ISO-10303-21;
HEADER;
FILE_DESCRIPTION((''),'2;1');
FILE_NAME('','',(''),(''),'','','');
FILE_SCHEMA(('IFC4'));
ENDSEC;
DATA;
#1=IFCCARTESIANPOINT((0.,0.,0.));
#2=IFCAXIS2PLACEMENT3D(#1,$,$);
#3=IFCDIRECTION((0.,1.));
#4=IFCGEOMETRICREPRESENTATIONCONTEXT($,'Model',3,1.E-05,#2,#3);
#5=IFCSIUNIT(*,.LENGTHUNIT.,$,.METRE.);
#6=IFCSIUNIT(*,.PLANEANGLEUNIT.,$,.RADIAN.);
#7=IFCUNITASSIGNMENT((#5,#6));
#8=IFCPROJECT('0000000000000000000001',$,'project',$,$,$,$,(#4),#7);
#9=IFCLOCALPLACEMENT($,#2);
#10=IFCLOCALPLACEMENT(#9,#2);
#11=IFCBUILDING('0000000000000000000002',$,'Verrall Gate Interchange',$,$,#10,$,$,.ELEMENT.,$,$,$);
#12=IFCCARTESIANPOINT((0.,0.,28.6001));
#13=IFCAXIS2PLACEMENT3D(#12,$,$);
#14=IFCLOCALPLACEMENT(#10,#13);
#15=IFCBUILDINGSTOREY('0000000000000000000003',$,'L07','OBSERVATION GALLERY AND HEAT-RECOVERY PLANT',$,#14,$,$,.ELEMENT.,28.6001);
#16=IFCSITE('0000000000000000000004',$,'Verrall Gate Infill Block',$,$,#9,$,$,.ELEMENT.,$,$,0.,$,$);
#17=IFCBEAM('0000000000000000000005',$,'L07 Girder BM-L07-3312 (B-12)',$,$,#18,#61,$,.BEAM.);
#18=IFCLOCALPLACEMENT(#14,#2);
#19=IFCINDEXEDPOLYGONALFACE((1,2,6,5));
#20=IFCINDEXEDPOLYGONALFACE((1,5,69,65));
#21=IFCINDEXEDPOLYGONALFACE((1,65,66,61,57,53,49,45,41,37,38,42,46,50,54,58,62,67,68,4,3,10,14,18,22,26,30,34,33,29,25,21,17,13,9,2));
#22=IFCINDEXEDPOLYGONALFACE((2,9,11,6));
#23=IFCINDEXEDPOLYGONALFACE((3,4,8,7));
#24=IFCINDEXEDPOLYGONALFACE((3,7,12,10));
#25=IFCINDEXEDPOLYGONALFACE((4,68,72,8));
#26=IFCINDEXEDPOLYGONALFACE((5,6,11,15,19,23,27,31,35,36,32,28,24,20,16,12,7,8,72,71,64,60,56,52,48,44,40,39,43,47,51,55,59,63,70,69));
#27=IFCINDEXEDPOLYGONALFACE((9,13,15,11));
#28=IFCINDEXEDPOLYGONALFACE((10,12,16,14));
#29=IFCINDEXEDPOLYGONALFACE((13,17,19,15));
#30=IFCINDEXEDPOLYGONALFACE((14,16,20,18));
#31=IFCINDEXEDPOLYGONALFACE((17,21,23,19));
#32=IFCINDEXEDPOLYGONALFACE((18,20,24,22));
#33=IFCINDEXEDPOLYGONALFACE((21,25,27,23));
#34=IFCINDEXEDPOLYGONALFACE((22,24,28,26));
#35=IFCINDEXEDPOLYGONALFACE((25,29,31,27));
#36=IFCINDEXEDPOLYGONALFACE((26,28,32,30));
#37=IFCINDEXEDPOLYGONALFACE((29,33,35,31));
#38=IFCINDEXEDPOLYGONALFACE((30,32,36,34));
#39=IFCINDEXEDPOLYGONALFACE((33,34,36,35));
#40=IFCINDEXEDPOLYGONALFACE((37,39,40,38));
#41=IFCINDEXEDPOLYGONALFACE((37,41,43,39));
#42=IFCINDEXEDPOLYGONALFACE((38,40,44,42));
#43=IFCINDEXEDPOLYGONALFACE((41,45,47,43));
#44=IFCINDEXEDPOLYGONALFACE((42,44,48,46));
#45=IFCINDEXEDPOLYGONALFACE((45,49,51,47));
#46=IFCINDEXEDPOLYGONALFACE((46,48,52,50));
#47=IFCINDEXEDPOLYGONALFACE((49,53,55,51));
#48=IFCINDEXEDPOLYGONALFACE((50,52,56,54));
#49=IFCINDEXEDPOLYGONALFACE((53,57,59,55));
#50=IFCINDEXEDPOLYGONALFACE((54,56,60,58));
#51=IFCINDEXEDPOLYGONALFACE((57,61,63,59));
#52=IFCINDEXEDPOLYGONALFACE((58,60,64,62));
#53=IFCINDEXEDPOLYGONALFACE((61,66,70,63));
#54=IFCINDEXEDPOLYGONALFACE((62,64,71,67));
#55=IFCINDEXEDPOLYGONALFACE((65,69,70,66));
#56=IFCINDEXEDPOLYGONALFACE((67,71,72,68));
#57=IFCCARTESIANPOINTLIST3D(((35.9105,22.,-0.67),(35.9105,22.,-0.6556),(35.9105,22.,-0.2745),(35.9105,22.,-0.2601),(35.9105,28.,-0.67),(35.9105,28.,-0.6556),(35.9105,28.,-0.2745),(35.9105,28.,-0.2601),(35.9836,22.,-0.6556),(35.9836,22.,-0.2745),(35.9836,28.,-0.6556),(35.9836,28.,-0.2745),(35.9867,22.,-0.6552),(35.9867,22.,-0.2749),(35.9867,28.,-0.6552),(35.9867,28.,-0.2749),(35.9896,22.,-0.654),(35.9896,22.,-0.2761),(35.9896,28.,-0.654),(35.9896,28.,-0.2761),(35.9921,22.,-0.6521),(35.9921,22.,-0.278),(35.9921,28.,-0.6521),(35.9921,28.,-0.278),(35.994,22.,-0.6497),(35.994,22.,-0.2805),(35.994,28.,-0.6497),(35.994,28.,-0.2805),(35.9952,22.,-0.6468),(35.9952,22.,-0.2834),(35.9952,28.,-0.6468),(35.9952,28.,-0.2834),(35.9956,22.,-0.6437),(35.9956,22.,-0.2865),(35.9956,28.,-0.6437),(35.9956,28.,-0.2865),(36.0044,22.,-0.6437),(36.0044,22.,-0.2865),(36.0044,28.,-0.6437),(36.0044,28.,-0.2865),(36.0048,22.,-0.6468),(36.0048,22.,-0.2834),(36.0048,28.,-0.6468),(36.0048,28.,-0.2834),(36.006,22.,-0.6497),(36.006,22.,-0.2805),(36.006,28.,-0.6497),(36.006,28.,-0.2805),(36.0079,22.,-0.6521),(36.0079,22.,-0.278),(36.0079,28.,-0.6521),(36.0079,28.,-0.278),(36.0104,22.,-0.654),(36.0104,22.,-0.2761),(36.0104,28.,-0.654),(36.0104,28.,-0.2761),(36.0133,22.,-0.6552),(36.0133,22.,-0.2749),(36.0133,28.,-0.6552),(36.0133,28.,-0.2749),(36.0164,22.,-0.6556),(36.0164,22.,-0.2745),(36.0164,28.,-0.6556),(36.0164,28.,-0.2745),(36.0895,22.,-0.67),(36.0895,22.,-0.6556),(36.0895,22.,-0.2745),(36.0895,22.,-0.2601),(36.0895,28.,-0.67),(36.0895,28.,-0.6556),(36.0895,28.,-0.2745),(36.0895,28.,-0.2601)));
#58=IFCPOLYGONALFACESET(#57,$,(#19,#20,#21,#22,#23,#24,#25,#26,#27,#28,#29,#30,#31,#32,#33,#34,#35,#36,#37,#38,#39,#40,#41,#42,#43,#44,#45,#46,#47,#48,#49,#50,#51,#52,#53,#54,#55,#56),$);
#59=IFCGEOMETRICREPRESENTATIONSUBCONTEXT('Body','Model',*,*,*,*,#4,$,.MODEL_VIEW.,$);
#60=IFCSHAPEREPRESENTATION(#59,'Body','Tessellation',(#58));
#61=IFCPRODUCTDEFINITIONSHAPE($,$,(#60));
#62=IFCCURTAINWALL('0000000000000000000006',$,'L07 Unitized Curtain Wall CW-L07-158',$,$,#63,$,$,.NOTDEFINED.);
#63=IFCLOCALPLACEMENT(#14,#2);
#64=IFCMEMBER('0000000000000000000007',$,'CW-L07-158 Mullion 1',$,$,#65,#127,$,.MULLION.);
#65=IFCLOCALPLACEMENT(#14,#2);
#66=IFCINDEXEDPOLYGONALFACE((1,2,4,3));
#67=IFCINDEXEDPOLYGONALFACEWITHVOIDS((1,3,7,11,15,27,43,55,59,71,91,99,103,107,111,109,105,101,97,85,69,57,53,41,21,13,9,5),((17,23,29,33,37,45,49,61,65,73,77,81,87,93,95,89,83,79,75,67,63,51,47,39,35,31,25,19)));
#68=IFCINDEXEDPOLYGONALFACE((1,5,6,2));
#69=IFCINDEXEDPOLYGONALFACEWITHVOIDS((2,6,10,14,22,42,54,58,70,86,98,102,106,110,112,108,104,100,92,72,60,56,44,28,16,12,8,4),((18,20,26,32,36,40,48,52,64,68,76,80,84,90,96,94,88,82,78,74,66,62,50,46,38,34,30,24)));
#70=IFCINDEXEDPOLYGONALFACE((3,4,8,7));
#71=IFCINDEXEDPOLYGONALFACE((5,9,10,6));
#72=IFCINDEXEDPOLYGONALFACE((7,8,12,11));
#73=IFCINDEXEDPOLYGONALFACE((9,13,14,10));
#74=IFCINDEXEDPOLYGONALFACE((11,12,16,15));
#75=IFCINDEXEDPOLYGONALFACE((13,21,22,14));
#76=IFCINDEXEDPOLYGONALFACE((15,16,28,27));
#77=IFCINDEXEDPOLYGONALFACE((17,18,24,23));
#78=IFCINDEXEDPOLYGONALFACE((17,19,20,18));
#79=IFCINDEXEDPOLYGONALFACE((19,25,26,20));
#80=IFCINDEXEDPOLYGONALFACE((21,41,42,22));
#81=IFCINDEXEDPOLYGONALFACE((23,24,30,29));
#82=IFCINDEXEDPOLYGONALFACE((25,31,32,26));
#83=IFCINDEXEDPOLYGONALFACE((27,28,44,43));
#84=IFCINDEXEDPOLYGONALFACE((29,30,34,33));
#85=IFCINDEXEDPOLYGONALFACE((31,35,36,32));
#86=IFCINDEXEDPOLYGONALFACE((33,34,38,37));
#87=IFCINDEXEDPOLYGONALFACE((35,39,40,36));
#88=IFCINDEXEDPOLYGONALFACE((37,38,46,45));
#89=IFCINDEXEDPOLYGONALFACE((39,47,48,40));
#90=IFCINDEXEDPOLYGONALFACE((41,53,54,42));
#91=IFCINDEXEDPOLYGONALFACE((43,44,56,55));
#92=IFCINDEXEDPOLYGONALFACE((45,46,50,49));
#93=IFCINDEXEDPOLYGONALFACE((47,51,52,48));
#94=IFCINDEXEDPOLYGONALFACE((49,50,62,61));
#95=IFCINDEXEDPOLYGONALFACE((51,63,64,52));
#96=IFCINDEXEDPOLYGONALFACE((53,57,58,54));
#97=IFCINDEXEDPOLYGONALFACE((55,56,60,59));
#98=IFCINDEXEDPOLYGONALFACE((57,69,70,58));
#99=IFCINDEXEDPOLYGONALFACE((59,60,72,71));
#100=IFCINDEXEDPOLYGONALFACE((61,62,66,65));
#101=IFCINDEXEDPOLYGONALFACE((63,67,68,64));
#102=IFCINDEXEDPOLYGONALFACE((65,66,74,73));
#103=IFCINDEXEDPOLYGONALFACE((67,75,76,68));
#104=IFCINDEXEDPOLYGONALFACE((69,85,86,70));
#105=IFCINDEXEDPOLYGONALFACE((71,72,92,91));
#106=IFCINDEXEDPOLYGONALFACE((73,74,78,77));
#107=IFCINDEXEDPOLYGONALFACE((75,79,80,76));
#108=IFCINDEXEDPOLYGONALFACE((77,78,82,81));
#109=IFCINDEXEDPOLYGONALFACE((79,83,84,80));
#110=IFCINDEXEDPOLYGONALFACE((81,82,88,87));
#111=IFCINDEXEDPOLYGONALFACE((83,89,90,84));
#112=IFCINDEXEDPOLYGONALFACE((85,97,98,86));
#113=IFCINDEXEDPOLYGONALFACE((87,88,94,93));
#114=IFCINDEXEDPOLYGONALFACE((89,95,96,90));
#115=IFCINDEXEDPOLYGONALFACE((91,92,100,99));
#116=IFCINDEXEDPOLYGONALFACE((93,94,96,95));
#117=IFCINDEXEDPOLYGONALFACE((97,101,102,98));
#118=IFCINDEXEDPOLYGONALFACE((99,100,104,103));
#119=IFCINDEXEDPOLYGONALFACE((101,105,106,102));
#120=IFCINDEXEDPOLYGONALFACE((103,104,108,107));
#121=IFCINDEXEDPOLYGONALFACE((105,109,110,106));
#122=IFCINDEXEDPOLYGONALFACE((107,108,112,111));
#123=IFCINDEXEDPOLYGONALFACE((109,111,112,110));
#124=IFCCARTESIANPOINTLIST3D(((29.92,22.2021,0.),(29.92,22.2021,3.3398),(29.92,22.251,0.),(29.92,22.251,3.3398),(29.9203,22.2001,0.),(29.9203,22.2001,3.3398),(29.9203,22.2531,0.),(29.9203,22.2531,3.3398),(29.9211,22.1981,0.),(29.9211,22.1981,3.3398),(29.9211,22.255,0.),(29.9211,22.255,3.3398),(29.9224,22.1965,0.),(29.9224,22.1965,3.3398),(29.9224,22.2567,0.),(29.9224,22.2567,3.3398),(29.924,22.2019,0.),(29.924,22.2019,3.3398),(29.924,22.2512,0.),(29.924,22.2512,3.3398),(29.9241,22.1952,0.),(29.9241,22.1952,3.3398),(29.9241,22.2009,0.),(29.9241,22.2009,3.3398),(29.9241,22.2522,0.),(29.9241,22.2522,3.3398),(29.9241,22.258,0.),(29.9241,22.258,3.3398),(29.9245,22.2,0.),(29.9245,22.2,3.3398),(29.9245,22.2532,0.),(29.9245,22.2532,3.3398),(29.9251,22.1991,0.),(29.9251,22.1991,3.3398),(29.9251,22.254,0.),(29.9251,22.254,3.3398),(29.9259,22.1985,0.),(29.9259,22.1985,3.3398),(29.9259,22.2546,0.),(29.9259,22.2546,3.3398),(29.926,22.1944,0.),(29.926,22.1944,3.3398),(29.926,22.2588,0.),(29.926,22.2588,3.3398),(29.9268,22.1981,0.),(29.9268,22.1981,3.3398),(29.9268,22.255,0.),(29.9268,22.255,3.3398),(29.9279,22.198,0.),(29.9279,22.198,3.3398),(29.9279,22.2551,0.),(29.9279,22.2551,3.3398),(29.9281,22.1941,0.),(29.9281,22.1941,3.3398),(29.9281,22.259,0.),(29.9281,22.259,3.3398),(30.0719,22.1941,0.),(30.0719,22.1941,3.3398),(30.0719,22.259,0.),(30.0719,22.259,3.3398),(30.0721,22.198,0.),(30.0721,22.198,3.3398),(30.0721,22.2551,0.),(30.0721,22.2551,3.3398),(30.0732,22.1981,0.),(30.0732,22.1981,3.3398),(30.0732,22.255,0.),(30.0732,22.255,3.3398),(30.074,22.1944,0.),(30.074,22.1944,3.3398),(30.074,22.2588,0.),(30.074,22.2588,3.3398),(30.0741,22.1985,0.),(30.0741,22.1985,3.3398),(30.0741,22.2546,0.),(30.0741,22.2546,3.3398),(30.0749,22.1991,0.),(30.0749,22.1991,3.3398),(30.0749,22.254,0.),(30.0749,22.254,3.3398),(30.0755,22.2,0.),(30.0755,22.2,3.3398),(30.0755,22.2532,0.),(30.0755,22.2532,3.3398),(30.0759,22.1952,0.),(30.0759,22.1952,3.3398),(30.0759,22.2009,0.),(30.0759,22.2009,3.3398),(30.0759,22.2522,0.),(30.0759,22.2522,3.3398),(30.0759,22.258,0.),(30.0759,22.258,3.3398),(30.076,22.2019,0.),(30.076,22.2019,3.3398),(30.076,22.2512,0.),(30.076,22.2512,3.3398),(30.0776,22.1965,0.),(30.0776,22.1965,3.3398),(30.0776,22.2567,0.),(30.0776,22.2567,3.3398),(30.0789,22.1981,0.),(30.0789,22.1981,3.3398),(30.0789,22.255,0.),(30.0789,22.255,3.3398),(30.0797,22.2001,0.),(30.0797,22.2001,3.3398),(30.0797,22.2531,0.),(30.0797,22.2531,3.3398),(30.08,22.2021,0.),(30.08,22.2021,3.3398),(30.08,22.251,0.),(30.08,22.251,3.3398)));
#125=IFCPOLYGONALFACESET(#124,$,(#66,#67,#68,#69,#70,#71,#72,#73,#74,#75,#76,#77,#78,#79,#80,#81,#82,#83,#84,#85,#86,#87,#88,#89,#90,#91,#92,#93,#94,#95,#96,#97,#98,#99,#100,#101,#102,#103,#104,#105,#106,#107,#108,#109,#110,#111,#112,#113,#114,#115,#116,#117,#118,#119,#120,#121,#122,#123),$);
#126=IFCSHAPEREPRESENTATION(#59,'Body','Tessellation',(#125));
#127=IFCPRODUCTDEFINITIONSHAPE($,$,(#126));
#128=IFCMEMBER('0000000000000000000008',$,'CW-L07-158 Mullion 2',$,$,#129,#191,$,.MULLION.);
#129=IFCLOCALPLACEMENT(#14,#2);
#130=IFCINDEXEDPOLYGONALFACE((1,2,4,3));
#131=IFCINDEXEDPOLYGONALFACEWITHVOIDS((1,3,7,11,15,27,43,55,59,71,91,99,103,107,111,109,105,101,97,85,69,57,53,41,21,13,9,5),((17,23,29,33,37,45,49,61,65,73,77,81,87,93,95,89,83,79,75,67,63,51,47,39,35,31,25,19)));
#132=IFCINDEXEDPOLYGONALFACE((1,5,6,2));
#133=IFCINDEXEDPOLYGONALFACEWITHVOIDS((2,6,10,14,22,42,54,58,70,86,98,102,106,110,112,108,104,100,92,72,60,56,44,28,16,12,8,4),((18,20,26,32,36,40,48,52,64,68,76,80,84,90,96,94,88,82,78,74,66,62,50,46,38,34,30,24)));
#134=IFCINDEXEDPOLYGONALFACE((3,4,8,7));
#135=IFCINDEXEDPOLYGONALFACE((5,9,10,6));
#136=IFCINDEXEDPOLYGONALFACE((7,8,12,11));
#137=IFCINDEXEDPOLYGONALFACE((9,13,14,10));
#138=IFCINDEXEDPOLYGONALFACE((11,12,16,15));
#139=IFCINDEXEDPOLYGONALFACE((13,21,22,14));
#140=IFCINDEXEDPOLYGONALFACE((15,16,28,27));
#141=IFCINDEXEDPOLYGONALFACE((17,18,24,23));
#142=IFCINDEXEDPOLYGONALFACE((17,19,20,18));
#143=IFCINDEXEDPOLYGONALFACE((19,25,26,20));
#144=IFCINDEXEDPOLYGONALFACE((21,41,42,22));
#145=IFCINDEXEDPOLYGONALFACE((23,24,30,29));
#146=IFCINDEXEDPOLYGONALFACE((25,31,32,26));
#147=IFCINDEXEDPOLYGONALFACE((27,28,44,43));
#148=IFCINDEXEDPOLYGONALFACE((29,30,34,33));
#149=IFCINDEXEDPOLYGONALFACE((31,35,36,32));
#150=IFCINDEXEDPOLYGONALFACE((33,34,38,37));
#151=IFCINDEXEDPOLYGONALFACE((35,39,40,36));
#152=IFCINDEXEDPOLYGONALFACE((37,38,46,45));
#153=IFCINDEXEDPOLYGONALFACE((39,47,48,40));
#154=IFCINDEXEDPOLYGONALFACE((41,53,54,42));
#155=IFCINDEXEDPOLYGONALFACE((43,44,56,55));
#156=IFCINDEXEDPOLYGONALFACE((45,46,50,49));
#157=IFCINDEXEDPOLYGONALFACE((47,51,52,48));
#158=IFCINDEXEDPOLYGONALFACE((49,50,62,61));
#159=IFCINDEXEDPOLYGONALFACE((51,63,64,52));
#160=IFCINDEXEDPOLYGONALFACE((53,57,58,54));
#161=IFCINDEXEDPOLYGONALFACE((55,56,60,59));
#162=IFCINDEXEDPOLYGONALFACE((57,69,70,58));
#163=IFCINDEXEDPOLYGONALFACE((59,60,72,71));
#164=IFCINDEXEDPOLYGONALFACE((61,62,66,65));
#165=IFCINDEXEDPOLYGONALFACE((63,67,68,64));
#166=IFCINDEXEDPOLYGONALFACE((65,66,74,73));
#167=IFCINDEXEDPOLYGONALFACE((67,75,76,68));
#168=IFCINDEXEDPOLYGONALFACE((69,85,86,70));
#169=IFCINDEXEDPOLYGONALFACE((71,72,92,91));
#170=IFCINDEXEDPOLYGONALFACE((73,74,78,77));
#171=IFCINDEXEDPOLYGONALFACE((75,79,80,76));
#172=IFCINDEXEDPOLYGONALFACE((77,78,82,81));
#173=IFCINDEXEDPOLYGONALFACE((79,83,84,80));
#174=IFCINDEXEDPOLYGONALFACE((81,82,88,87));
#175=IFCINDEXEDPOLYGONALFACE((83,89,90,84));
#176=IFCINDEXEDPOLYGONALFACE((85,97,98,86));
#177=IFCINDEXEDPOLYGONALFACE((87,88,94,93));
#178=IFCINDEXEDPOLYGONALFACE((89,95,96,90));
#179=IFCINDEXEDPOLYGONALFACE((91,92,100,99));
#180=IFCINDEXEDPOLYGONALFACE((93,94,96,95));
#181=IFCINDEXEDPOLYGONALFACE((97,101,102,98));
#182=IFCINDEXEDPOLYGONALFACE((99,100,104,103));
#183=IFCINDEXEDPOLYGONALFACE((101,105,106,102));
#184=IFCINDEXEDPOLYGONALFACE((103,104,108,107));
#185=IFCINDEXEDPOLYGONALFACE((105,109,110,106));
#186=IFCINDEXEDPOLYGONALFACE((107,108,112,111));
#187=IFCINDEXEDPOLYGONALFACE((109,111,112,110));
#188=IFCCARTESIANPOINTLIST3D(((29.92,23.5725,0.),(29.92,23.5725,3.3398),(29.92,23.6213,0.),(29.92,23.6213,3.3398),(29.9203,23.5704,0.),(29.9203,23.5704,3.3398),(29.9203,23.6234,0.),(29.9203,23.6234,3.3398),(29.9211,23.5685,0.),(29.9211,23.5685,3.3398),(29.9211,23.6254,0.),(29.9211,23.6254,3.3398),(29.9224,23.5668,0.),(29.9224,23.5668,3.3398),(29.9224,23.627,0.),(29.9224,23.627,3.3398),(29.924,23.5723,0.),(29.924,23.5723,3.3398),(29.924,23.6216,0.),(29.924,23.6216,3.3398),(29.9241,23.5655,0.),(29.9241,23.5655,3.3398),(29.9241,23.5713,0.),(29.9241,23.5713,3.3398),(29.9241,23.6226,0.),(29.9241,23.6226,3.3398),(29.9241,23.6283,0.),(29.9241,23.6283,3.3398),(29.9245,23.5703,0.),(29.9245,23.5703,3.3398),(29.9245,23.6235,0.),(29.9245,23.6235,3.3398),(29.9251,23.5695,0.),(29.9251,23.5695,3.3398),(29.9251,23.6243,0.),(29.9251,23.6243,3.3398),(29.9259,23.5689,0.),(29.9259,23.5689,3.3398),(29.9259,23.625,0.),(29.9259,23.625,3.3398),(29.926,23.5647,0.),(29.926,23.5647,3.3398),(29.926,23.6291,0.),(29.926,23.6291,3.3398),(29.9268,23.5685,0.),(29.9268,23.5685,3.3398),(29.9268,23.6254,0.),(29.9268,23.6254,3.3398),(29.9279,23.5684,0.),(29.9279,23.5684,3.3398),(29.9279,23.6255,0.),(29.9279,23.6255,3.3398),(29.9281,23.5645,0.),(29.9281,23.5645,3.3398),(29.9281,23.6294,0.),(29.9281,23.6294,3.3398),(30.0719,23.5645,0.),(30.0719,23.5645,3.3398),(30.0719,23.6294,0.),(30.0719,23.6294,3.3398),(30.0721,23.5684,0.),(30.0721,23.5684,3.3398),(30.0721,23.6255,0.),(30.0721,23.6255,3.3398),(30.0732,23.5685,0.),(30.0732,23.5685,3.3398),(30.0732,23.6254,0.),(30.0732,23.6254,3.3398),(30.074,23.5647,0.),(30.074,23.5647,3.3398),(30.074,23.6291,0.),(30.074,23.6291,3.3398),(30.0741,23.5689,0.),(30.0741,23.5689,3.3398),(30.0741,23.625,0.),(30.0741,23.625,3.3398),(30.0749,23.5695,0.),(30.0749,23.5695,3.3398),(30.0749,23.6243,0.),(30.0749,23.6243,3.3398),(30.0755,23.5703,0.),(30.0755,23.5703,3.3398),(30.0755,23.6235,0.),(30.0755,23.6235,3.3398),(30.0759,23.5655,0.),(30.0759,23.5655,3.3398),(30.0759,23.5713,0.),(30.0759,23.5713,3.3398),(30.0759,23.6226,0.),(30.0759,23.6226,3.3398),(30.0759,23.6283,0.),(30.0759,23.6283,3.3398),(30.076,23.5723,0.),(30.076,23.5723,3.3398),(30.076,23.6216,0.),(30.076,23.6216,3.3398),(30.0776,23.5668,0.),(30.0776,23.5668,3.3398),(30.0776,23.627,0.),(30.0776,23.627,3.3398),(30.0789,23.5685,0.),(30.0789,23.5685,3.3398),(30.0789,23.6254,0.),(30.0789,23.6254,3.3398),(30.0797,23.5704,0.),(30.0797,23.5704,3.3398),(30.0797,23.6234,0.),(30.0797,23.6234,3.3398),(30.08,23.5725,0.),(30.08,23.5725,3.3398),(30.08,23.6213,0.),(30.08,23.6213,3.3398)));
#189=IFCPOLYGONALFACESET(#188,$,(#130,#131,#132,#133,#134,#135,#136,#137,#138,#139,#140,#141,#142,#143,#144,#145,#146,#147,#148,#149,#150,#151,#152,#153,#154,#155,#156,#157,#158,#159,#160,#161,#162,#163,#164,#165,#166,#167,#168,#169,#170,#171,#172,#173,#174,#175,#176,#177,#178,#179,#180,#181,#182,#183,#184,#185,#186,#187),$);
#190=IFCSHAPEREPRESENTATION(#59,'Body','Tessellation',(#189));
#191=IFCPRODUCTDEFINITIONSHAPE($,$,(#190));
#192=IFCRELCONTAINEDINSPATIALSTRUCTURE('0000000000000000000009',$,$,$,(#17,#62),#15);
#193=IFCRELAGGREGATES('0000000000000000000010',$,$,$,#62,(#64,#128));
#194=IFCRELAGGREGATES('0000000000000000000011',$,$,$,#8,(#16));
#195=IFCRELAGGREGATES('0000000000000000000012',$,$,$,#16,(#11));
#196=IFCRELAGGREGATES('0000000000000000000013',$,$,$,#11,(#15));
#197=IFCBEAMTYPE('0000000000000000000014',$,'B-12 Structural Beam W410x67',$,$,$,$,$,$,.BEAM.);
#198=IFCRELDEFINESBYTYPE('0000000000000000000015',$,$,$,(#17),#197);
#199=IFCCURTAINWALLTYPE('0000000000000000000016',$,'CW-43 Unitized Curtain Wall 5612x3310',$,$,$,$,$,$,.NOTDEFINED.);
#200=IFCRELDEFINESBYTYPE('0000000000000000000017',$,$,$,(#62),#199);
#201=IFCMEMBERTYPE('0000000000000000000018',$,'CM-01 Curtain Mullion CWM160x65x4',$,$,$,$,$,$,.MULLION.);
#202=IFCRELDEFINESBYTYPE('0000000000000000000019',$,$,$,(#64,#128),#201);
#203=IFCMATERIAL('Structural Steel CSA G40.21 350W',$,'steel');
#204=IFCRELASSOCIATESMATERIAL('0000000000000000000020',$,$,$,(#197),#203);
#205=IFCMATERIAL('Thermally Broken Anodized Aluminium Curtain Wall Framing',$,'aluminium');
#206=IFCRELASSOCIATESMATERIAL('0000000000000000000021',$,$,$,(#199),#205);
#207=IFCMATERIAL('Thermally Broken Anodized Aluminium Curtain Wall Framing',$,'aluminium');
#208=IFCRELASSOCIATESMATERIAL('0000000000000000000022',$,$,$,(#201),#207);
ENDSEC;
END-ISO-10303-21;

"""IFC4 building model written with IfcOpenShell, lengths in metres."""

from ifc_helpers import new_model, si_unit, direction, frame, origin, origin_2d, place, context, subcontext, project, spatial, hollow_rectangle, i_section, extrude, material, material_profile, profile_set, type_object, element, aggregate, save


model = new_model("IFC4")

# Units and contexts
model_context = context("Model", 3, precision=1e-05, world=origin(), true_north=direction((0.0, 1.0)))
body_context = subcontext(model_context, "Body", "Model", "MODEL_VIEW")
ifc_project = project(units=[si_unit("LENGTHUNIT", "METRE"), si_unit("PLANEANGLEUNIT", "RADIAN")], contexts=[model_context])

# Site, building, storey
site_placement = place(None, origin())
site = spatial("IfcSite", under=ifc_project, at=site_placement, Name="Verrall Gate Infill Block", CompositionType="ELEMENT", RefElevation=0.0)
building_placement = place(site_placement, origin())
building = spatial("IfcBuilding", under=site, at=building_placement, Name="Verrall Gate Interchange", CompositionType="ELEMENT")
storey_placement = place(building_placement, frame((0.0, 0.0, 28.6001)))
storey = spatial("IfcBuildingStorey", under=building, at=storey_placement, Name="L07", Description="OBSERVATION GALLERY AND HEAT-RECOVERY PLANT", CompositionType="ELEMENT", Elevation=28.6001)

# Beam
ifc_material_1 = material(Name="Structural Steel CSA G40.21 350W", Category="steel")
ifc_material_profile_1 = material_profile(ifc_material_1, i_section(OverallWidth=0.179, OverallDepth=0.4099, WebThickness=0.0088, FlangeThickness=0.0144, FilletRadius=0.012, at=origin_2d()), Name="W410x67")
ifc_profile_set_1 = profile_set([ifc_material_profile_1], Name="Structural Steel CSA G40.21 350W")
beam_type_1 = type_object("IfcBeamType", Name="B-12 Structural Beam W410x67", PredefinedType="BEAM", material=ifc_profile_set_1)
beam_1_placement = place(storey_placement, frame((36.0, 22.0, -0.4651), z_axis=(0.0, 1.0, 0.0), x_axis=(-1.0, 0.0, 0.0)))
element("IfcBeam", 1, at=beam_1_placement, inside=storey, type_object=beam_type_1, Name="L07 Girder BM-L07-3312 (B-12)", PredefinedType="BEAM", context=body_context, shape_type="SweptSolid", body=[
    extrude(i_section(OverallWidth=0.179, OverallDepth=0.4099, WebThickness=0.0088, FlangeThickness=0.0144, FilletRadius=0.012, at=origin_2d()), origin(), (0.0, 0.0, 1.0), 6.0),
])

# Curtain wall, members
ifc_material_2 = material(Name="Thermally Broken Anodized Aluminium Curtain Wall Framing", Category="aluminium")
curtain_wall_type = type_object("IfcCurtainWallType", Name="CW-43 Unitized Curtain Wall 5612x3310", PredefinedType="NOTDEFINED", material=ifc_material_2)
curtain_wall_1_placement = place(storey_placement, origin())
curtain_wall_1 = element("IfcCurtainWall", 2, at=curtain_wall_1_placement, inside=storey, type_object=curtain_wall_type, Name="L07 Unitized Curtain Wall CW-L07-158", PredefinedType="NOTDEFINED")
ifc_material_3 = material(Name="Thermally Broken Anodized Aluminium Curtain Wall Framing", Category="aluminium")
ifc_material_profile_2 = material_profile(ifc_material_3, hollow_rectangle(XDim=0.0649, YDim=0.1599, WallThickness=0.0039, InnerFilletRadius=0.0039, OuterFilletRadius=0.0081, at=origin_2d()), Name="CWM160x65x4")
ifc_profile_set_2 = profile_set([ifc_material_profile_2], Name="Thermally Broken Anodized Aluminium Curtain Wall Framing")
member_type_1 = type_object("IfcMemberType", Name="CM-01 Curtain Mullion CWM160x65x4", PredefinedType="MULLION", material=ifc_profile_set_2)
member_1_placement = place(storey_placement, frame((30.0, 22.2266, 0.0), z_axis=(0.0, 0.0, 1.0), x_axis=(0.0, 1.0, 0.0)))
member_1 = element("IfcMember", 3, at=member_1_placement, type_object=member_type_1, Name="CW-L07-158 Mullion 1", PredefinedType="MULLION", context=body_context, shape_type="SweptSolid", body=[
    extrude(hollow_rectangle(XDim=0.0649, YDim=0.1599, WallThickness=0.0039, InnerFilletRadius=0.0039, OuterFilletRadius=0.0081, at=origin_2d()), origin(), (0.0, 0.0, 1.0), 3.3398),
])
member_2_placement = place(storey_placement, frame((30.0, 23.5969, 0.0), z_axis=(0.0, 0.0, 1.0), x_axis=(0.0, 1.0, 0.0)))
member_2 = element("IfcMember", 4, at=member_2_placement, type_object=member_type_1, Name="CW-L07-158 Mullion 2", PredefinedType="MULLION", context=body_context, shape_type="SweptSolid", body=[
    extrude(hollow_rectangle(XDim=0.0649, YDim=0.1599, WallThickness=0.0039, InnerFilletRadius=0.0039, OuterFilletRadius=0.0081, at=origin_2d()), origin(), (0.0, 0.0, 1.0), 3.3398),
])

aggregate(curtain_wall_1, [member_1, member_2])

save(model, "model.ifc")
